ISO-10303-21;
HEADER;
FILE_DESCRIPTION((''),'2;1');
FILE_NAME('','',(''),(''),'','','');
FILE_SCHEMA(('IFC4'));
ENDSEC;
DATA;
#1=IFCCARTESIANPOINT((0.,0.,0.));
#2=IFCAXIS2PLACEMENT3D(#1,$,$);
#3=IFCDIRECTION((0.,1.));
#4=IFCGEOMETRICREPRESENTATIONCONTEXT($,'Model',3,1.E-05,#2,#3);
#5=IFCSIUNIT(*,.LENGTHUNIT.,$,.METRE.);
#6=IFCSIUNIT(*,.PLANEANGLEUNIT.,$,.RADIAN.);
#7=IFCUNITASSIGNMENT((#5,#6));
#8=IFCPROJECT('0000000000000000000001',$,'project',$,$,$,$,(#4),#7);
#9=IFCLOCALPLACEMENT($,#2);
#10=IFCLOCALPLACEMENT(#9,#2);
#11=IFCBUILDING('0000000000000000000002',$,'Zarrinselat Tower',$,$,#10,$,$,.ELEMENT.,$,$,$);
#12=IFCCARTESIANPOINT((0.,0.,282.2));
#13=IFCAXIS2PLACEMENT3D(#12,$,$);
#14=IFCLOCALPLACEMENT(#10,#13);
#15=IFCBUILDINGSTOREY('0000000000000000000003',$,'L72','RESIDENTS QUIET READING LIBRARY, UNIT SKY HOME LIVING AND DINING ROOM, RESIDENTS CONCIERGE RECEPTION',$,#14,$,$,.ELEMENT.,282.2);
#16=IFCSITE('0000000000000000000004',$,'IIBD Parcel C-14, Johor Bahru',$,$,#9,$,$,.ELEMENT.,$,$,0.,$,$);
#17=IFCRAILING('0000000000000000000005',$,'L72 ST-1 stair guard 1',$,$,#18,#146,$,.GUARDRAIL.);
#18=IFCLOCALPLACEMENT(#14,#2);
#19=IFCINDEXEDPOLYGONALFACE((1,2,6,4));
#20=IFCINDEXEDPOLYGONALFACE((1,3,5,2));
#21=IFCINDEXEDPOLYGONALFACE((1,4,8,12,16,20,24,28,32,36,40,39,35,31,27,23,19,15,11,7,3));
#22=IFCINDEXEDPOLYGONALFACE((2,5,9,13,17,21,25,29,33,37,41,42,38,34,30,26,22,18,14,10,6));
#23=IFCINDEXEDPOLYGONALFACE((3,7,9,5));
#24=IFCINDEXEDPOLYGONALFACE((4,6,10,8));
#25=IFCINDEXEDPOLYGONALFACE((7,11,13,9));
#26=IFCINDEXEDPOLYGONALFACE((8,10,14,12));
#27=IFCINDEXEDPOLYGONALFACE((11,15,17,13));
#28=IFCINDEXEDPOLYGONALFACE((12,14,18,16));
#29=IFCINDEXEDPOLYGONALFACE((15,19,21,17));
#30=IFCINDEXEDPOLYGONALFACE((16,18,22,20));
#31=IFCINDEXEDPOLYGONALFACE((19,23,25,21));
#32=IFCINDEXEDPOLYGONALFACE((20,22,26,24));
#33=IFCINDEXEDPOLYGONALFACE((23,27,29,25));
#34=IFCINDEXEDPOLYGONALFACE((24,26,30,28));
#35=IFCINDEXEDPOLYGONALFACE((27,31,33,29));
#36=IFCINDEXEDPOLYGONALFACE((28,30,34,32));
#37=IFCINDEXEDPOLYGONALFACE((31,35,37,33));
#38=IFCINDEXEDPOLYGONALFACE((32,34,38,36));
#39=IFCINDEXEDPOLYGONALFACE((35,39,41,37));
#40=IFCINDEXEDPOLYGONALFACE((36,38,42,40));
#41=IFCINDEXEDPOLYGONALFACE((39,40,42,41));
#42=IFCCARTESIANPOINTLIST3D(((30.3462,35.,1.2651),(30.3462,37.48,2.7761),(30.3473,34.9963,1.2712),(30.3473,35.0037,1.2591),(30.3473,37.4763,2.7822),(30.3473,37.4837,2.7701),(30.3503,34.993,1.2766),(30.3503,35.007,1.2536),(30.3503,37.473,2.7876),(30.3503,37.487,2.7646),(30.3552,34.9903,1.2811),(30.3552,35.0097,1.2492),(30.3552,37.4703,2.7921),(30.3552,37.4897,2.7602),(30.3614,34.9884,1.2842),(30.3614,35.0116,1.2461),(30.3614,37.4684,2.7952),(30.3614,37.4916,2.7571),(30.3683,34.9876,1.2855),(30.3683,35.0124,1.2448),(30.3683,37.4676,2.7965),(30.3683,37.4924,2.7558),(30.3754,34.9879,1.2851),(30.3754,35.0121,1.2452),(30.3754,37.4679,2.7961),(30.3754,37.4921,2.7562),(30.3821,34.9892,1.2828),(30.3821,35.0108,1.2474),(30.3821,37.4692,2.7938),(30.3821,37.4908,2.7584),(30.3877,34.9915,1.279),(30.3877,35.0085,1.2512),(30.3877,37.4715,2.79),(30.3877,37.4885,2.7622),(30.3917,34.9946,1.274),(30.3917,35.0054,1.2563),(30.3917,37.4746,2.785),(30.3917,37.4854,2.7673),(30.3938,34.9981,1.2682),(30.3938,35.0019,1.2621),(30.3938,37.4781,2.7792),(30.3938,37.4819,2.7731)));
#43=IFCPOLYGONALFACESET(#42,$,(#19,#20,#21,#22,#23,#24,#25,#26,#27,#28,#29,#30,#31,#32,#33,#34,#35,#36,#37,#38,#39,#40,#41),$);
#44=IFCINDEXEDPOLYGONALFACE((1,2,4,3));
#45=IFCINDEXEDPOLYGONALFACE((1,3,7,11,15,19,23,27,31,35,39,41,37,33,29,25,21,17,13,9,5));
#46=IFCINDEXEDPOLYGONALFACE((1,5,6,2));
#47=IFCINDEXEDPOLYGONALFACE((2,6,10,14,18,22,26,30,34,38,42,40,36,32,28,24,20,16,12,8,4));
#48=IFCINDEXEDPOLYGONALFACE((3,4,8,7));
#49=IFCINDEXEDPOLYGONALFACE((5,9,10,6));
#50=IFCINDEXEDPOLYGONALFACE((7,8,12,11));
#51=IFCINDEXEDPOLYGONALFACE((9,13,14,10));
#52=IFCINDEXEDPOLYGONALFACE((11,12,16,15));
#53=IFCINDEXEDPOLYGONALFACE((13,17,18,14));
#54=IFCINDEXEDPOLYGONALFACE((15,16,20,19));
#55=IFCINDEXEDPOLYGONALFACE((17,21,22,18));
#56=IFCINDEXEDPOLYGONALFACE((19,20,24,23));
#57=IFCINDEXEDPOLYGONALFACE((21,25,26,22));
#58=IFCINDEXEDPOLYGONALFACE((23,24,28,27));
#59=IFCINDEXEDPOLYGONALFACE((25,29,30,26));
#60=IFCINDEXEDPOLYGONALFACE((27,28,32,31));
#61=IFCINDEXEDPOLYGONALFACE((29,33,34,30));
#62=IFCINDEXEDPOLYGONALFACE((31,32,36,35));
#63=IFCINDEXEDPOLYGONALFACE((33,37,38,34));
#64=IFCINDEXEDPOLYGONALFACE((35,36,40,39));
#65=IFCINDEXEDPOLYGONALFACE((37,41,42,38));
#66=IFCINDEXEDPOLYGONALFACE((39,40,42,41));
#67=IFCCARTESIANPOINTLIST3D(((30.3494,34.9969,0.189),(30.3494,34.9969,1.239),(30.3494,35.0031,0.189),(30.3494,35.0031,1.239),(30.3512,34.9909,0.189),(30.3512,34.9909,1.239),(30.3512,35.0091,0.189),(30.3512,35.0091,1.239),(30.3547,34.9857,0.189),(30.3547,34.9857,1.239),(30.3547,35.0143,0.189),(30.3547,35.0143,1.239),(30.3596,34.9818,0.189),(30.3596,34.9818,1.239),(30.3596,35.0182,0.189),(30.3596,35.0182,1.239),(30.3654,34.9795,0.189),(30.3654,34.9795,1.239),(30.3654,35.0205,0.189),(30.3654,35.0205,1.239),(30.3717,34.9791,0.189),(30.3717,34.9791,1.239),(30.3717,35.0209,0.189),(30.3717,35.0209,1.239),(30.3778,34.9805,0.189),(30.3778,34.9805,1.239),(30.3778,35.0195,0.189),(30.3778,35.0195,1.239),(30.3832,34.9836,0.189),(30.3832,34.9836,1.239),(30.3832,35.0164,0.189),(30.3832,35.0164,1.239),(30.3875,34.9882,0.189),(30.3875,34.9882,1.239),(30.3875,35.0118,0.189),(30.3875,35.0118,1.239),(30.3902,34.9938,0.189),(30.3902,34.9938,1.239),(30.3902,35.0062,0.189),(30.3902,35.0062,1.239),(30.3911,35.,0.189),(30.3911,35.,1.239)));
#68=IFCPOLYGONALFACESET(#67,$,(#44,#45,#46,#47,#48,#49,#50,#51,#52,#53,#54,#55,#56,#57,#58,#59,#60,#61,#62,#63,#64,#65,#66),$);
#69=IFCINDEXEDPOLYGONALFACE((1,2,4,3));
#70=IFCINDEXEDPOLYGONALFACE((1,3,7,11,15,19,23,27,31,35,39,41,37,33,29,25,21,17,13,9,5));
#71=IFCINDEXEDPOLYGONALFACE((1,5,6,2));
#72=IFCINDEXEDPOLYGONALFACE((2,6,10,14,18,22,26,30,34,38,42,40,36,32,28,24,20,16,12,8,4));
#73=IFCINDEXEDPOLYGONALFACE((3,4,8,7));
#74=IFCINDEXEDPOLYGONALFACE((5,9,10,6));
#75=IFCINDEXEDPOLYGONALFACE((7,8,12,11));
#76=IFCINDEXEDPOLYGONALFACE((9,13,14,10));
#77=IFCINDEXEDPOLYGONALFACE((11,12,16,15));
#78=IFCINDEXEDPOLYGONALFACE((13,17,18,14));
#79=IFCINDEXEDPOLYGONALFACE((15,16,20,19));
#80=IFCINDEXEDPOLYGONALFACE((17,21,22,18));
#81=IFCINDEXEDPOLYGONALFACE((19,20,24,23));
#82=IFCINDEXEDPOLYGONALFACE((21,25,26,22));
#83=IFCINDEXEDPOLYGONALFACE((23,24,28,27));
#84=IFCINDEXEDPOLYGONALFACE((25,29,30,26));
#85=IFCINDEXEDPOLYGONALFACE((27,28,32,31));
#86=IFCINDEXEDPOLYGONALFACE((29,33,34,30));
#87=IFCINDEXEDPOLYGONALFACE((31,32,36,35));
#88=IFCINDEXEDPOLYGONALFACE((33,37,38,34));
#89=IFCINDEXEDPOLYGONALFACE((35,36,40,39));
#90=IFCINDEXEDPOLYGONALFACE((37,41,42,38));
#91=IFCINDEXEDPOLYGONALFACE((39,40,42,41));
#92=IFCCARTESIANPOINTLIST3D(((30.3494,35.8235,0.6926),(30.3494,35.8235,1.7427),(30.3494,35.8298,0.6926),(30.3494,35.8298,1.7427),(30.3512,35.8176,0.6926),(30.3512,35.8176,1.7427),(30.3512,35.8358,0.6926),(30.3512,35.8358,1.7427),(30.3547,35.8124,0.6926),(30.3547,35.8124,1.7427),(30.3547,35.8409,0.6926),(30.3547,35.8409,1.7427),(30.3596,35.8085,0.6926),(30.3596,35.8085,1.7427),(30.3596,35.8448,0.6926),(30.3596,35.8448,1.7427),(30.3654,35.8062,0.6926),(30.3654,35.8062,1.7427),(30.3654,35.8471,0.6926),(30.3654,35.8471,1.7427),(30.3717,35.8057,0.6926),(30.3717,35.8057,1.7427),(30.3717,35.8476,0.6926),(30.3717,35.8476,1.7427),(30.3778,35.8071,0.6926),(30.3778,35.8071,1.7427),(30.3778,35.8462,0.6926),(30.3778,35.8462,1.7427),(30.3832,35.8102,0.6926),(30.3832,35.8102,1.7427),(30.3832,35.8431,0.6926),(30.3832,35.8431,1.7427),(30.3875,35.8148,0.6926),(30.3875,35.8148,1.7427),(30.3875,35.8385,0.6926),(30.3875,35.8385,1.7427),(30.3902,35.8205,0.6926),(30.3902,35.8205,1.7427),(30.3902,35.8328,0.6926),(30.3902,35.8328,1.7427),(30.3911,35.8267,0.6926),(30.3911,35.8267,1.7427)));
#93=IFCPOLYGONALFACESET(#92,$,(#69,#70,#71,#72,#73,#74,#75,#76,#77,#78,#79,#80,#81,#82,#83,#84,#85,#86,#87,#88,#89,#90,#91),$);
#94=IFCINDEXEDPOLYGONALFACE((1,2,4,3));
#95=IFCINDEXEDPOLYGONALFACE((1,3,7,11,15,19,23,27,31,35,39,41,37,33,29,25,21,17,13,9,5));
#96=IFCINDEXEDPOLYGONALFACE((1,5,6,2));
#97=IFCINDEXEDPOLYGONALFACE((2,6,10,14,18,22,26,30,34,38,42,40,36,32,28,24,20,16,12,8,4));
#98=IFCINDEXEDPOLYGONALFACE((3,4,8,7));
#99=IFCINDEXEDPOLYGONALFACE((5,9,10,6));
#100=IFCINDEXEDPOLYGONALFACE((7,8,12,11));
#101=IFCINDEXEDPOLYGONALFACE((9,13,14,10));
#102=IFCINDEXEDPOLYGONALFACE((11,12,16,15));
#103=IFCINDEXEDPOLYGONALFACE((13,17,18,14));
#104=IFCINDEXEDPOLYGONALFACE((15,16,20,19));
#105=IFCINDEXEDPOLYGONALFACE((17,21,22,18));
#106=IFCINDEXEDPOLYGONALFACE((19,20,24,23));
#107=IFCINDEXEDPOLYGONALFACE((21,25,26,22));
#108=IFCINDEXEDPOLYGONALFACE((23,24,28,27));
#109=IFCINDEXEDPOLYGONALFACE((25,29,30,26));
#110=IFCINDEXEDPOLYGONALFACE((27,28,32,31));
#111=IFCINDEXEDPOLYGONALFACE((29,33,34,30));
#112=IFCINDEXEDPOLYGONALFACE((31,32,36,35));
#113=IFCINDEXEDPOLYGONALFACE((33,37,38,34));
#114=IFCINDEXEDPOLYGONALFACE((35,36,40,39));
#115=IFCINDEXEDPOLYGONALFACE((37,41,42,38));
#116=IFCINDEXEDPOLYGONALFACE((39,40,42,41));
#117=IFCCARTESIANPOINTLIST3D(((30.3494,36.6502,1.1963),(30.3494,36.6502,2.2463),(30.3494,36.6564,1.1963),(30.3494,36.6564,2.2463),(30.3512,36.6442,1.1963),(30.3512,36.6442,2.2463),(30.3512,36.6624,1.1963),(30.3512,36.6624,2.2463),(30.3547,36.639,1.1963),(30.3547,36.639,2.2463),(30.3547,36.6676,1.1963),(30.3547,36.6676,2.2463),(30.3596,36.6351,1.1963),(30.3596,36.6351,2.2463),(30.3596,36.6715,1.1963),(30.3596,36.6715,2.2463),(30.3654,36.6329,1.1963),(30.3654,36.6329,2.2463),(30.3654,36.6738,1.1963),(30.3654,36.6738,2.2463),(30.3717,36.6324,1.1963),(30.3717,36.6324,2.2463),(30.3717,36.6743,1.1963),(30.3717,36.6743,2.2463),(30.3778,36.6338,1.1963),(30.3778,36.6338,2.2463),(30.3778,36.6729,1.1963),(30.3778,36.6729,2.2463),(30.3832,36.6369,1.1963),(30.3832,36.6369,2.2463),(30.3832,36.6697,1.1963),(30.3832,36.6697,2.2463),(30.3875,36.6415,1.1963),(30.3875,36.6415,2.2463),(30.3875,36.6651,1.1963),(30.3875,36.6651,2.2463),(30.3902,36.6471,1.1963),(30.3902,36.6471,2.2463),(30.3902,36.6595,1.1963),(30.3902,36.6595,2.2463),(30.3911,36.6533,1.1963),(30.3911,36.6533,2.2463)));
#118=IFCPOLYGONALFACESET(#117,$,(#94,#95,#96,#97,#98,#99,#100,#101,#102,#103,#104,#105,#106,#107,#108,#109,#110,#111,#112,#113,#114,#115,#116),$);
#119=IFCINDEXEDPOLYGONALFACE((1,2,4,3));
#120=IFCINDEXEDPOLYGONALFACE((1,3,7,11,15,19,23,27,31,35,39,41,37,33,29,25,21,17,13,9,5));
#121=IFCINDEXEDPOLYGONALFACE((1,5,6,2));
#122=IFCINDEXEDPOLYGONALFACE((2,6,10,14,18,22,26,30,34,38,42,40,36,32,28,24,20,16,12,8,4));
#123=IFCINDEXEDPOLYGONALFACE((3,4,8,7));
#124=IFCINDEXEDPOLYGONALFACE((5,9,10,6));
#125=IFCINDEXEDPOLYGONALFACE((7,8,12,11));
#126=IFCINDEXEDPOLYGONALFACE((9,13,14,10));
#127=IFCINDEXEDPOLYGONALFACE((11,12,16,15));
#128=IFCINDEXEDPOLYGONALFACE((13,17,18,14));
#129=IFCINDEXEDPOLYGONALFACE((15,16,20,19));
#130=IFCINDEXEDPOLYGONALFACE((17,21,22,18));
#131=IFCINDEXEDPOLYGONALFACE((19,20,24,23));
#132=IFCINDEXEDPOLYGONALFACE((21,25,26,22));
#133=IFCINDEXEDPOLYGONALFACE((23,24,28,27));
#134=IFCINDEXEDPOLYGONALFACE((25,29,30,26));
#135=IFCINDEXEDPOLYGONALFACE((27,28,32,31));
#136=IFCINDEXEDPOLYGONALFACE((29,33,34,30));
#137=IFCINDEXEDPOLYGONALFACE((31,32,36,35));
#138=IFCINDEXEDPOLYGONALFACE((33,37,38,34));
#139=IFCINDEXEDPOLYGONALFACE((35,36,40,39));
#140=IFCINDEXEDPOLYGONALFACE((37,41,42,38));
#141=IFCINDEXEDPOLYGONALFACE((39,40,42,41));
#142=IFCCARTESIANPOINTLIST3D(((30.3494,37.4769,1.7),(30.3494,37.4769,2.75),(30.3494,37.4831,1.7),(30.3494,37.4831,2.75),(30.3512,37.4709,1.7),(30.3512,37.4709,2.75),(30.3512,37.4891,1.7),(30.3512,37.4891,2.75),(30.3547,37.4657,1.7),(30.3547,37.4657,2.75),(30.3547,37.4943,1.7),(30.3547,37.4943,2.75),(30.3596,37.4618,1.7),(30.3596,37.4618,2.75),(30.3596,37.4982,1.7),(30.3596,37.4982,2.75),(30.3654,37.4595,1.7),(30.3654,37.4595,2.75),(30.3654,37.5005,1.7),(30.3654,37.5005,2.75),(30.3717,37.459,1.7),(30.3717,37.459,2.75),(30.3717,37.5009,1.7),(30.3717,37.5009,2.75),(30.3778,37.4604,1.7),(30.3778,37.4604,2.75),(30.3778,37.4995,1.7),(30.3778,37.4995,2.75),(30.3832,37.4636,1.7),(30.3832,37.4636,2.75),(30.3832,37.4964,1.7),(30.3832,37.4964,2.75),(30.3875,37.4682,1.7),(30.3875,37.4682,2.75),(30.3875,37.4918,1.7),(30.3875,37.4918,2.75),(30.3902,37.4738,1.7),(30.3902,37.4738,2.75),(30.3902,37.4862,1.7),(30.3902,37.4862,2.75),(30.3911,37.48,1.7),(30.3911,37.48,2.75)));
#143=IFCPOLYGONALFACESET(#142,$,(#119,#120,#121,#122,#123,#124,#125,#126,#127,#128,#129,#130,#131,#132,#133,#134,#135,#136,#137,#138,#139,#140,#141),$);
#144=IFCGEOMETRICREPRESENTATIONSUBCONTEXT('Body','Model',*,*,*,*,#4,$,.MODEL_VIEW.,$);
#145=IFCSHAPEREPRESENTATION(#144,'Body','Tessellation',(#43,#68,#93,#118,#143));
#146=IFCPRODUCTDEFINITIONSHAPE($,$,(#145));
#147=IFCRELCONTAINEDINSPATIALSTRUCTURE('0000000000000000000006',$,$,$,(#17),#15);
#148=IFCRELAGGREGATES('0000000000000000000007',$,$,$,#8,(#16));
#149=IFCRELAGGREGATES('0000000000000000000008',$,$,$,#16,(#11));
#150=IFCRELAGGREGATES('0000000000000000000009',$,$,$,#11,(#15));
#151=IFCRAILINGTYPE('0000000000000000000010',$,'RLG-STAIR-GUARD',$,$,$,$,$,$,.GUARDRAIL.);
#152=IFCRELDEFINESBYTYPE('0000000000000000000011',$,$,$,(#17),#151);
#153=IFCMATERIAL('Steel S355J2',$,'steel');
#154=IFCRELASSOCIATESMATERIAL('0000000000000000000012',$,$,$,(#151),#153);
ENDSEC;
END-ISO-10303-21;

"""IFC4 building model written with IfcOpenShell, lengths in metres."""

from ifc_helpers import new_model, si_unit, direction, frame, origin, origin_2d, place, context, subcontext, project, spatial, circle, extrude, material, type_object, element, save


model = new_model("IFC4")

# Units and contexts
model_context = context("Model", 3, precision=1e-05, world=origin(), true_north=direction((0.0, 1.0)))
body_context = subcontext(model_context, "Body", "Model", "MODEL_VIEW")
ifc_project = project(units=[si_unit("LENGTHUNIT", "METRE"), si_unit("PLANEANGLEUNIT", "RADIAN")], contexts=[model_context])

# Site, building, storey
site_placement = place(None, origin())
site = spatial("IfcSite", under=ifc_project, at=site_placement, Name="IIBD Parcel C-14, Johor Bahru", CompositionType="ELEMENT", RefElevation=0.0)
building_placement = place(site_placement, origin())
building = spatial("IfcBuilding", under=site, at=building_placement, Name="Zarrinselat Tower", CompositionType="ELEMENT")
storey_placement = place(building_placement, frame((0.0, 0.0, 282.2)))
storey = spatial("IfcBuildingStorey", under=building, at=storey_placement, Name="L72", Description="RESIDENTS QUIET READING LIBRARY, UNIT SKY HOME LIVING AND DINING ROOM, RESIDENTS CONCIERGE RECEPTION", CompositionType="ELEMENT", Elevation=282.2)

# Railing
ifc_material_1 = material(Name="Steel S355J2", Category="steel")
railing_type_1 = type_object("IfcRailingType", Name="RLG-STAIR-GUARD", PredefinedType="GUARDRAIL", material=ifc_material_1)
railing_1_placement = place(storey_placement, frame((30.3701, 35.0, 0.189)))
element("IfcRailing", 1, at=railing_1_placement, inside=storey, type_object=railing_type_1, Name="L72 ST-1 stair guard 1", PredefinedType="GUARDRAIL", context=body_context, shape_type="SweptSolid", body=[
    extrude(circle(Radius=0.0239, at=origin_2d()), frame((0.0, 0.0, 1.0762), z_axis=(0.0, 0.853979, 0.520307), x_axis=(-1.0, 0.0, 0.0)), (0.0, 0.0, 1.0), 2.9041),
    extrude(circle(Radius=0.021, at=origin_2d()), origin(), (0.0, 0.0, 1.0), 1.05),
    extrude(circle(Radius=0.021, at=origin_2d()), frame((0.0, 0.8267, 0.5037)), (0.0, 0.0, 1.0), 1.05),
    extrude(circle(Radius=0.021, at=origin_2d()), frame((0.0, 1.6533, 1.0073)), (0.0, 0.0, 1.0), 1.05),
    extrude(circle(Radius=0.021, at=origin_2d()), frame((0.0, 2.48, 1.511)), (0.0, 0.0, 1.0), 1.05),
])

save(model, "model.ifc")
